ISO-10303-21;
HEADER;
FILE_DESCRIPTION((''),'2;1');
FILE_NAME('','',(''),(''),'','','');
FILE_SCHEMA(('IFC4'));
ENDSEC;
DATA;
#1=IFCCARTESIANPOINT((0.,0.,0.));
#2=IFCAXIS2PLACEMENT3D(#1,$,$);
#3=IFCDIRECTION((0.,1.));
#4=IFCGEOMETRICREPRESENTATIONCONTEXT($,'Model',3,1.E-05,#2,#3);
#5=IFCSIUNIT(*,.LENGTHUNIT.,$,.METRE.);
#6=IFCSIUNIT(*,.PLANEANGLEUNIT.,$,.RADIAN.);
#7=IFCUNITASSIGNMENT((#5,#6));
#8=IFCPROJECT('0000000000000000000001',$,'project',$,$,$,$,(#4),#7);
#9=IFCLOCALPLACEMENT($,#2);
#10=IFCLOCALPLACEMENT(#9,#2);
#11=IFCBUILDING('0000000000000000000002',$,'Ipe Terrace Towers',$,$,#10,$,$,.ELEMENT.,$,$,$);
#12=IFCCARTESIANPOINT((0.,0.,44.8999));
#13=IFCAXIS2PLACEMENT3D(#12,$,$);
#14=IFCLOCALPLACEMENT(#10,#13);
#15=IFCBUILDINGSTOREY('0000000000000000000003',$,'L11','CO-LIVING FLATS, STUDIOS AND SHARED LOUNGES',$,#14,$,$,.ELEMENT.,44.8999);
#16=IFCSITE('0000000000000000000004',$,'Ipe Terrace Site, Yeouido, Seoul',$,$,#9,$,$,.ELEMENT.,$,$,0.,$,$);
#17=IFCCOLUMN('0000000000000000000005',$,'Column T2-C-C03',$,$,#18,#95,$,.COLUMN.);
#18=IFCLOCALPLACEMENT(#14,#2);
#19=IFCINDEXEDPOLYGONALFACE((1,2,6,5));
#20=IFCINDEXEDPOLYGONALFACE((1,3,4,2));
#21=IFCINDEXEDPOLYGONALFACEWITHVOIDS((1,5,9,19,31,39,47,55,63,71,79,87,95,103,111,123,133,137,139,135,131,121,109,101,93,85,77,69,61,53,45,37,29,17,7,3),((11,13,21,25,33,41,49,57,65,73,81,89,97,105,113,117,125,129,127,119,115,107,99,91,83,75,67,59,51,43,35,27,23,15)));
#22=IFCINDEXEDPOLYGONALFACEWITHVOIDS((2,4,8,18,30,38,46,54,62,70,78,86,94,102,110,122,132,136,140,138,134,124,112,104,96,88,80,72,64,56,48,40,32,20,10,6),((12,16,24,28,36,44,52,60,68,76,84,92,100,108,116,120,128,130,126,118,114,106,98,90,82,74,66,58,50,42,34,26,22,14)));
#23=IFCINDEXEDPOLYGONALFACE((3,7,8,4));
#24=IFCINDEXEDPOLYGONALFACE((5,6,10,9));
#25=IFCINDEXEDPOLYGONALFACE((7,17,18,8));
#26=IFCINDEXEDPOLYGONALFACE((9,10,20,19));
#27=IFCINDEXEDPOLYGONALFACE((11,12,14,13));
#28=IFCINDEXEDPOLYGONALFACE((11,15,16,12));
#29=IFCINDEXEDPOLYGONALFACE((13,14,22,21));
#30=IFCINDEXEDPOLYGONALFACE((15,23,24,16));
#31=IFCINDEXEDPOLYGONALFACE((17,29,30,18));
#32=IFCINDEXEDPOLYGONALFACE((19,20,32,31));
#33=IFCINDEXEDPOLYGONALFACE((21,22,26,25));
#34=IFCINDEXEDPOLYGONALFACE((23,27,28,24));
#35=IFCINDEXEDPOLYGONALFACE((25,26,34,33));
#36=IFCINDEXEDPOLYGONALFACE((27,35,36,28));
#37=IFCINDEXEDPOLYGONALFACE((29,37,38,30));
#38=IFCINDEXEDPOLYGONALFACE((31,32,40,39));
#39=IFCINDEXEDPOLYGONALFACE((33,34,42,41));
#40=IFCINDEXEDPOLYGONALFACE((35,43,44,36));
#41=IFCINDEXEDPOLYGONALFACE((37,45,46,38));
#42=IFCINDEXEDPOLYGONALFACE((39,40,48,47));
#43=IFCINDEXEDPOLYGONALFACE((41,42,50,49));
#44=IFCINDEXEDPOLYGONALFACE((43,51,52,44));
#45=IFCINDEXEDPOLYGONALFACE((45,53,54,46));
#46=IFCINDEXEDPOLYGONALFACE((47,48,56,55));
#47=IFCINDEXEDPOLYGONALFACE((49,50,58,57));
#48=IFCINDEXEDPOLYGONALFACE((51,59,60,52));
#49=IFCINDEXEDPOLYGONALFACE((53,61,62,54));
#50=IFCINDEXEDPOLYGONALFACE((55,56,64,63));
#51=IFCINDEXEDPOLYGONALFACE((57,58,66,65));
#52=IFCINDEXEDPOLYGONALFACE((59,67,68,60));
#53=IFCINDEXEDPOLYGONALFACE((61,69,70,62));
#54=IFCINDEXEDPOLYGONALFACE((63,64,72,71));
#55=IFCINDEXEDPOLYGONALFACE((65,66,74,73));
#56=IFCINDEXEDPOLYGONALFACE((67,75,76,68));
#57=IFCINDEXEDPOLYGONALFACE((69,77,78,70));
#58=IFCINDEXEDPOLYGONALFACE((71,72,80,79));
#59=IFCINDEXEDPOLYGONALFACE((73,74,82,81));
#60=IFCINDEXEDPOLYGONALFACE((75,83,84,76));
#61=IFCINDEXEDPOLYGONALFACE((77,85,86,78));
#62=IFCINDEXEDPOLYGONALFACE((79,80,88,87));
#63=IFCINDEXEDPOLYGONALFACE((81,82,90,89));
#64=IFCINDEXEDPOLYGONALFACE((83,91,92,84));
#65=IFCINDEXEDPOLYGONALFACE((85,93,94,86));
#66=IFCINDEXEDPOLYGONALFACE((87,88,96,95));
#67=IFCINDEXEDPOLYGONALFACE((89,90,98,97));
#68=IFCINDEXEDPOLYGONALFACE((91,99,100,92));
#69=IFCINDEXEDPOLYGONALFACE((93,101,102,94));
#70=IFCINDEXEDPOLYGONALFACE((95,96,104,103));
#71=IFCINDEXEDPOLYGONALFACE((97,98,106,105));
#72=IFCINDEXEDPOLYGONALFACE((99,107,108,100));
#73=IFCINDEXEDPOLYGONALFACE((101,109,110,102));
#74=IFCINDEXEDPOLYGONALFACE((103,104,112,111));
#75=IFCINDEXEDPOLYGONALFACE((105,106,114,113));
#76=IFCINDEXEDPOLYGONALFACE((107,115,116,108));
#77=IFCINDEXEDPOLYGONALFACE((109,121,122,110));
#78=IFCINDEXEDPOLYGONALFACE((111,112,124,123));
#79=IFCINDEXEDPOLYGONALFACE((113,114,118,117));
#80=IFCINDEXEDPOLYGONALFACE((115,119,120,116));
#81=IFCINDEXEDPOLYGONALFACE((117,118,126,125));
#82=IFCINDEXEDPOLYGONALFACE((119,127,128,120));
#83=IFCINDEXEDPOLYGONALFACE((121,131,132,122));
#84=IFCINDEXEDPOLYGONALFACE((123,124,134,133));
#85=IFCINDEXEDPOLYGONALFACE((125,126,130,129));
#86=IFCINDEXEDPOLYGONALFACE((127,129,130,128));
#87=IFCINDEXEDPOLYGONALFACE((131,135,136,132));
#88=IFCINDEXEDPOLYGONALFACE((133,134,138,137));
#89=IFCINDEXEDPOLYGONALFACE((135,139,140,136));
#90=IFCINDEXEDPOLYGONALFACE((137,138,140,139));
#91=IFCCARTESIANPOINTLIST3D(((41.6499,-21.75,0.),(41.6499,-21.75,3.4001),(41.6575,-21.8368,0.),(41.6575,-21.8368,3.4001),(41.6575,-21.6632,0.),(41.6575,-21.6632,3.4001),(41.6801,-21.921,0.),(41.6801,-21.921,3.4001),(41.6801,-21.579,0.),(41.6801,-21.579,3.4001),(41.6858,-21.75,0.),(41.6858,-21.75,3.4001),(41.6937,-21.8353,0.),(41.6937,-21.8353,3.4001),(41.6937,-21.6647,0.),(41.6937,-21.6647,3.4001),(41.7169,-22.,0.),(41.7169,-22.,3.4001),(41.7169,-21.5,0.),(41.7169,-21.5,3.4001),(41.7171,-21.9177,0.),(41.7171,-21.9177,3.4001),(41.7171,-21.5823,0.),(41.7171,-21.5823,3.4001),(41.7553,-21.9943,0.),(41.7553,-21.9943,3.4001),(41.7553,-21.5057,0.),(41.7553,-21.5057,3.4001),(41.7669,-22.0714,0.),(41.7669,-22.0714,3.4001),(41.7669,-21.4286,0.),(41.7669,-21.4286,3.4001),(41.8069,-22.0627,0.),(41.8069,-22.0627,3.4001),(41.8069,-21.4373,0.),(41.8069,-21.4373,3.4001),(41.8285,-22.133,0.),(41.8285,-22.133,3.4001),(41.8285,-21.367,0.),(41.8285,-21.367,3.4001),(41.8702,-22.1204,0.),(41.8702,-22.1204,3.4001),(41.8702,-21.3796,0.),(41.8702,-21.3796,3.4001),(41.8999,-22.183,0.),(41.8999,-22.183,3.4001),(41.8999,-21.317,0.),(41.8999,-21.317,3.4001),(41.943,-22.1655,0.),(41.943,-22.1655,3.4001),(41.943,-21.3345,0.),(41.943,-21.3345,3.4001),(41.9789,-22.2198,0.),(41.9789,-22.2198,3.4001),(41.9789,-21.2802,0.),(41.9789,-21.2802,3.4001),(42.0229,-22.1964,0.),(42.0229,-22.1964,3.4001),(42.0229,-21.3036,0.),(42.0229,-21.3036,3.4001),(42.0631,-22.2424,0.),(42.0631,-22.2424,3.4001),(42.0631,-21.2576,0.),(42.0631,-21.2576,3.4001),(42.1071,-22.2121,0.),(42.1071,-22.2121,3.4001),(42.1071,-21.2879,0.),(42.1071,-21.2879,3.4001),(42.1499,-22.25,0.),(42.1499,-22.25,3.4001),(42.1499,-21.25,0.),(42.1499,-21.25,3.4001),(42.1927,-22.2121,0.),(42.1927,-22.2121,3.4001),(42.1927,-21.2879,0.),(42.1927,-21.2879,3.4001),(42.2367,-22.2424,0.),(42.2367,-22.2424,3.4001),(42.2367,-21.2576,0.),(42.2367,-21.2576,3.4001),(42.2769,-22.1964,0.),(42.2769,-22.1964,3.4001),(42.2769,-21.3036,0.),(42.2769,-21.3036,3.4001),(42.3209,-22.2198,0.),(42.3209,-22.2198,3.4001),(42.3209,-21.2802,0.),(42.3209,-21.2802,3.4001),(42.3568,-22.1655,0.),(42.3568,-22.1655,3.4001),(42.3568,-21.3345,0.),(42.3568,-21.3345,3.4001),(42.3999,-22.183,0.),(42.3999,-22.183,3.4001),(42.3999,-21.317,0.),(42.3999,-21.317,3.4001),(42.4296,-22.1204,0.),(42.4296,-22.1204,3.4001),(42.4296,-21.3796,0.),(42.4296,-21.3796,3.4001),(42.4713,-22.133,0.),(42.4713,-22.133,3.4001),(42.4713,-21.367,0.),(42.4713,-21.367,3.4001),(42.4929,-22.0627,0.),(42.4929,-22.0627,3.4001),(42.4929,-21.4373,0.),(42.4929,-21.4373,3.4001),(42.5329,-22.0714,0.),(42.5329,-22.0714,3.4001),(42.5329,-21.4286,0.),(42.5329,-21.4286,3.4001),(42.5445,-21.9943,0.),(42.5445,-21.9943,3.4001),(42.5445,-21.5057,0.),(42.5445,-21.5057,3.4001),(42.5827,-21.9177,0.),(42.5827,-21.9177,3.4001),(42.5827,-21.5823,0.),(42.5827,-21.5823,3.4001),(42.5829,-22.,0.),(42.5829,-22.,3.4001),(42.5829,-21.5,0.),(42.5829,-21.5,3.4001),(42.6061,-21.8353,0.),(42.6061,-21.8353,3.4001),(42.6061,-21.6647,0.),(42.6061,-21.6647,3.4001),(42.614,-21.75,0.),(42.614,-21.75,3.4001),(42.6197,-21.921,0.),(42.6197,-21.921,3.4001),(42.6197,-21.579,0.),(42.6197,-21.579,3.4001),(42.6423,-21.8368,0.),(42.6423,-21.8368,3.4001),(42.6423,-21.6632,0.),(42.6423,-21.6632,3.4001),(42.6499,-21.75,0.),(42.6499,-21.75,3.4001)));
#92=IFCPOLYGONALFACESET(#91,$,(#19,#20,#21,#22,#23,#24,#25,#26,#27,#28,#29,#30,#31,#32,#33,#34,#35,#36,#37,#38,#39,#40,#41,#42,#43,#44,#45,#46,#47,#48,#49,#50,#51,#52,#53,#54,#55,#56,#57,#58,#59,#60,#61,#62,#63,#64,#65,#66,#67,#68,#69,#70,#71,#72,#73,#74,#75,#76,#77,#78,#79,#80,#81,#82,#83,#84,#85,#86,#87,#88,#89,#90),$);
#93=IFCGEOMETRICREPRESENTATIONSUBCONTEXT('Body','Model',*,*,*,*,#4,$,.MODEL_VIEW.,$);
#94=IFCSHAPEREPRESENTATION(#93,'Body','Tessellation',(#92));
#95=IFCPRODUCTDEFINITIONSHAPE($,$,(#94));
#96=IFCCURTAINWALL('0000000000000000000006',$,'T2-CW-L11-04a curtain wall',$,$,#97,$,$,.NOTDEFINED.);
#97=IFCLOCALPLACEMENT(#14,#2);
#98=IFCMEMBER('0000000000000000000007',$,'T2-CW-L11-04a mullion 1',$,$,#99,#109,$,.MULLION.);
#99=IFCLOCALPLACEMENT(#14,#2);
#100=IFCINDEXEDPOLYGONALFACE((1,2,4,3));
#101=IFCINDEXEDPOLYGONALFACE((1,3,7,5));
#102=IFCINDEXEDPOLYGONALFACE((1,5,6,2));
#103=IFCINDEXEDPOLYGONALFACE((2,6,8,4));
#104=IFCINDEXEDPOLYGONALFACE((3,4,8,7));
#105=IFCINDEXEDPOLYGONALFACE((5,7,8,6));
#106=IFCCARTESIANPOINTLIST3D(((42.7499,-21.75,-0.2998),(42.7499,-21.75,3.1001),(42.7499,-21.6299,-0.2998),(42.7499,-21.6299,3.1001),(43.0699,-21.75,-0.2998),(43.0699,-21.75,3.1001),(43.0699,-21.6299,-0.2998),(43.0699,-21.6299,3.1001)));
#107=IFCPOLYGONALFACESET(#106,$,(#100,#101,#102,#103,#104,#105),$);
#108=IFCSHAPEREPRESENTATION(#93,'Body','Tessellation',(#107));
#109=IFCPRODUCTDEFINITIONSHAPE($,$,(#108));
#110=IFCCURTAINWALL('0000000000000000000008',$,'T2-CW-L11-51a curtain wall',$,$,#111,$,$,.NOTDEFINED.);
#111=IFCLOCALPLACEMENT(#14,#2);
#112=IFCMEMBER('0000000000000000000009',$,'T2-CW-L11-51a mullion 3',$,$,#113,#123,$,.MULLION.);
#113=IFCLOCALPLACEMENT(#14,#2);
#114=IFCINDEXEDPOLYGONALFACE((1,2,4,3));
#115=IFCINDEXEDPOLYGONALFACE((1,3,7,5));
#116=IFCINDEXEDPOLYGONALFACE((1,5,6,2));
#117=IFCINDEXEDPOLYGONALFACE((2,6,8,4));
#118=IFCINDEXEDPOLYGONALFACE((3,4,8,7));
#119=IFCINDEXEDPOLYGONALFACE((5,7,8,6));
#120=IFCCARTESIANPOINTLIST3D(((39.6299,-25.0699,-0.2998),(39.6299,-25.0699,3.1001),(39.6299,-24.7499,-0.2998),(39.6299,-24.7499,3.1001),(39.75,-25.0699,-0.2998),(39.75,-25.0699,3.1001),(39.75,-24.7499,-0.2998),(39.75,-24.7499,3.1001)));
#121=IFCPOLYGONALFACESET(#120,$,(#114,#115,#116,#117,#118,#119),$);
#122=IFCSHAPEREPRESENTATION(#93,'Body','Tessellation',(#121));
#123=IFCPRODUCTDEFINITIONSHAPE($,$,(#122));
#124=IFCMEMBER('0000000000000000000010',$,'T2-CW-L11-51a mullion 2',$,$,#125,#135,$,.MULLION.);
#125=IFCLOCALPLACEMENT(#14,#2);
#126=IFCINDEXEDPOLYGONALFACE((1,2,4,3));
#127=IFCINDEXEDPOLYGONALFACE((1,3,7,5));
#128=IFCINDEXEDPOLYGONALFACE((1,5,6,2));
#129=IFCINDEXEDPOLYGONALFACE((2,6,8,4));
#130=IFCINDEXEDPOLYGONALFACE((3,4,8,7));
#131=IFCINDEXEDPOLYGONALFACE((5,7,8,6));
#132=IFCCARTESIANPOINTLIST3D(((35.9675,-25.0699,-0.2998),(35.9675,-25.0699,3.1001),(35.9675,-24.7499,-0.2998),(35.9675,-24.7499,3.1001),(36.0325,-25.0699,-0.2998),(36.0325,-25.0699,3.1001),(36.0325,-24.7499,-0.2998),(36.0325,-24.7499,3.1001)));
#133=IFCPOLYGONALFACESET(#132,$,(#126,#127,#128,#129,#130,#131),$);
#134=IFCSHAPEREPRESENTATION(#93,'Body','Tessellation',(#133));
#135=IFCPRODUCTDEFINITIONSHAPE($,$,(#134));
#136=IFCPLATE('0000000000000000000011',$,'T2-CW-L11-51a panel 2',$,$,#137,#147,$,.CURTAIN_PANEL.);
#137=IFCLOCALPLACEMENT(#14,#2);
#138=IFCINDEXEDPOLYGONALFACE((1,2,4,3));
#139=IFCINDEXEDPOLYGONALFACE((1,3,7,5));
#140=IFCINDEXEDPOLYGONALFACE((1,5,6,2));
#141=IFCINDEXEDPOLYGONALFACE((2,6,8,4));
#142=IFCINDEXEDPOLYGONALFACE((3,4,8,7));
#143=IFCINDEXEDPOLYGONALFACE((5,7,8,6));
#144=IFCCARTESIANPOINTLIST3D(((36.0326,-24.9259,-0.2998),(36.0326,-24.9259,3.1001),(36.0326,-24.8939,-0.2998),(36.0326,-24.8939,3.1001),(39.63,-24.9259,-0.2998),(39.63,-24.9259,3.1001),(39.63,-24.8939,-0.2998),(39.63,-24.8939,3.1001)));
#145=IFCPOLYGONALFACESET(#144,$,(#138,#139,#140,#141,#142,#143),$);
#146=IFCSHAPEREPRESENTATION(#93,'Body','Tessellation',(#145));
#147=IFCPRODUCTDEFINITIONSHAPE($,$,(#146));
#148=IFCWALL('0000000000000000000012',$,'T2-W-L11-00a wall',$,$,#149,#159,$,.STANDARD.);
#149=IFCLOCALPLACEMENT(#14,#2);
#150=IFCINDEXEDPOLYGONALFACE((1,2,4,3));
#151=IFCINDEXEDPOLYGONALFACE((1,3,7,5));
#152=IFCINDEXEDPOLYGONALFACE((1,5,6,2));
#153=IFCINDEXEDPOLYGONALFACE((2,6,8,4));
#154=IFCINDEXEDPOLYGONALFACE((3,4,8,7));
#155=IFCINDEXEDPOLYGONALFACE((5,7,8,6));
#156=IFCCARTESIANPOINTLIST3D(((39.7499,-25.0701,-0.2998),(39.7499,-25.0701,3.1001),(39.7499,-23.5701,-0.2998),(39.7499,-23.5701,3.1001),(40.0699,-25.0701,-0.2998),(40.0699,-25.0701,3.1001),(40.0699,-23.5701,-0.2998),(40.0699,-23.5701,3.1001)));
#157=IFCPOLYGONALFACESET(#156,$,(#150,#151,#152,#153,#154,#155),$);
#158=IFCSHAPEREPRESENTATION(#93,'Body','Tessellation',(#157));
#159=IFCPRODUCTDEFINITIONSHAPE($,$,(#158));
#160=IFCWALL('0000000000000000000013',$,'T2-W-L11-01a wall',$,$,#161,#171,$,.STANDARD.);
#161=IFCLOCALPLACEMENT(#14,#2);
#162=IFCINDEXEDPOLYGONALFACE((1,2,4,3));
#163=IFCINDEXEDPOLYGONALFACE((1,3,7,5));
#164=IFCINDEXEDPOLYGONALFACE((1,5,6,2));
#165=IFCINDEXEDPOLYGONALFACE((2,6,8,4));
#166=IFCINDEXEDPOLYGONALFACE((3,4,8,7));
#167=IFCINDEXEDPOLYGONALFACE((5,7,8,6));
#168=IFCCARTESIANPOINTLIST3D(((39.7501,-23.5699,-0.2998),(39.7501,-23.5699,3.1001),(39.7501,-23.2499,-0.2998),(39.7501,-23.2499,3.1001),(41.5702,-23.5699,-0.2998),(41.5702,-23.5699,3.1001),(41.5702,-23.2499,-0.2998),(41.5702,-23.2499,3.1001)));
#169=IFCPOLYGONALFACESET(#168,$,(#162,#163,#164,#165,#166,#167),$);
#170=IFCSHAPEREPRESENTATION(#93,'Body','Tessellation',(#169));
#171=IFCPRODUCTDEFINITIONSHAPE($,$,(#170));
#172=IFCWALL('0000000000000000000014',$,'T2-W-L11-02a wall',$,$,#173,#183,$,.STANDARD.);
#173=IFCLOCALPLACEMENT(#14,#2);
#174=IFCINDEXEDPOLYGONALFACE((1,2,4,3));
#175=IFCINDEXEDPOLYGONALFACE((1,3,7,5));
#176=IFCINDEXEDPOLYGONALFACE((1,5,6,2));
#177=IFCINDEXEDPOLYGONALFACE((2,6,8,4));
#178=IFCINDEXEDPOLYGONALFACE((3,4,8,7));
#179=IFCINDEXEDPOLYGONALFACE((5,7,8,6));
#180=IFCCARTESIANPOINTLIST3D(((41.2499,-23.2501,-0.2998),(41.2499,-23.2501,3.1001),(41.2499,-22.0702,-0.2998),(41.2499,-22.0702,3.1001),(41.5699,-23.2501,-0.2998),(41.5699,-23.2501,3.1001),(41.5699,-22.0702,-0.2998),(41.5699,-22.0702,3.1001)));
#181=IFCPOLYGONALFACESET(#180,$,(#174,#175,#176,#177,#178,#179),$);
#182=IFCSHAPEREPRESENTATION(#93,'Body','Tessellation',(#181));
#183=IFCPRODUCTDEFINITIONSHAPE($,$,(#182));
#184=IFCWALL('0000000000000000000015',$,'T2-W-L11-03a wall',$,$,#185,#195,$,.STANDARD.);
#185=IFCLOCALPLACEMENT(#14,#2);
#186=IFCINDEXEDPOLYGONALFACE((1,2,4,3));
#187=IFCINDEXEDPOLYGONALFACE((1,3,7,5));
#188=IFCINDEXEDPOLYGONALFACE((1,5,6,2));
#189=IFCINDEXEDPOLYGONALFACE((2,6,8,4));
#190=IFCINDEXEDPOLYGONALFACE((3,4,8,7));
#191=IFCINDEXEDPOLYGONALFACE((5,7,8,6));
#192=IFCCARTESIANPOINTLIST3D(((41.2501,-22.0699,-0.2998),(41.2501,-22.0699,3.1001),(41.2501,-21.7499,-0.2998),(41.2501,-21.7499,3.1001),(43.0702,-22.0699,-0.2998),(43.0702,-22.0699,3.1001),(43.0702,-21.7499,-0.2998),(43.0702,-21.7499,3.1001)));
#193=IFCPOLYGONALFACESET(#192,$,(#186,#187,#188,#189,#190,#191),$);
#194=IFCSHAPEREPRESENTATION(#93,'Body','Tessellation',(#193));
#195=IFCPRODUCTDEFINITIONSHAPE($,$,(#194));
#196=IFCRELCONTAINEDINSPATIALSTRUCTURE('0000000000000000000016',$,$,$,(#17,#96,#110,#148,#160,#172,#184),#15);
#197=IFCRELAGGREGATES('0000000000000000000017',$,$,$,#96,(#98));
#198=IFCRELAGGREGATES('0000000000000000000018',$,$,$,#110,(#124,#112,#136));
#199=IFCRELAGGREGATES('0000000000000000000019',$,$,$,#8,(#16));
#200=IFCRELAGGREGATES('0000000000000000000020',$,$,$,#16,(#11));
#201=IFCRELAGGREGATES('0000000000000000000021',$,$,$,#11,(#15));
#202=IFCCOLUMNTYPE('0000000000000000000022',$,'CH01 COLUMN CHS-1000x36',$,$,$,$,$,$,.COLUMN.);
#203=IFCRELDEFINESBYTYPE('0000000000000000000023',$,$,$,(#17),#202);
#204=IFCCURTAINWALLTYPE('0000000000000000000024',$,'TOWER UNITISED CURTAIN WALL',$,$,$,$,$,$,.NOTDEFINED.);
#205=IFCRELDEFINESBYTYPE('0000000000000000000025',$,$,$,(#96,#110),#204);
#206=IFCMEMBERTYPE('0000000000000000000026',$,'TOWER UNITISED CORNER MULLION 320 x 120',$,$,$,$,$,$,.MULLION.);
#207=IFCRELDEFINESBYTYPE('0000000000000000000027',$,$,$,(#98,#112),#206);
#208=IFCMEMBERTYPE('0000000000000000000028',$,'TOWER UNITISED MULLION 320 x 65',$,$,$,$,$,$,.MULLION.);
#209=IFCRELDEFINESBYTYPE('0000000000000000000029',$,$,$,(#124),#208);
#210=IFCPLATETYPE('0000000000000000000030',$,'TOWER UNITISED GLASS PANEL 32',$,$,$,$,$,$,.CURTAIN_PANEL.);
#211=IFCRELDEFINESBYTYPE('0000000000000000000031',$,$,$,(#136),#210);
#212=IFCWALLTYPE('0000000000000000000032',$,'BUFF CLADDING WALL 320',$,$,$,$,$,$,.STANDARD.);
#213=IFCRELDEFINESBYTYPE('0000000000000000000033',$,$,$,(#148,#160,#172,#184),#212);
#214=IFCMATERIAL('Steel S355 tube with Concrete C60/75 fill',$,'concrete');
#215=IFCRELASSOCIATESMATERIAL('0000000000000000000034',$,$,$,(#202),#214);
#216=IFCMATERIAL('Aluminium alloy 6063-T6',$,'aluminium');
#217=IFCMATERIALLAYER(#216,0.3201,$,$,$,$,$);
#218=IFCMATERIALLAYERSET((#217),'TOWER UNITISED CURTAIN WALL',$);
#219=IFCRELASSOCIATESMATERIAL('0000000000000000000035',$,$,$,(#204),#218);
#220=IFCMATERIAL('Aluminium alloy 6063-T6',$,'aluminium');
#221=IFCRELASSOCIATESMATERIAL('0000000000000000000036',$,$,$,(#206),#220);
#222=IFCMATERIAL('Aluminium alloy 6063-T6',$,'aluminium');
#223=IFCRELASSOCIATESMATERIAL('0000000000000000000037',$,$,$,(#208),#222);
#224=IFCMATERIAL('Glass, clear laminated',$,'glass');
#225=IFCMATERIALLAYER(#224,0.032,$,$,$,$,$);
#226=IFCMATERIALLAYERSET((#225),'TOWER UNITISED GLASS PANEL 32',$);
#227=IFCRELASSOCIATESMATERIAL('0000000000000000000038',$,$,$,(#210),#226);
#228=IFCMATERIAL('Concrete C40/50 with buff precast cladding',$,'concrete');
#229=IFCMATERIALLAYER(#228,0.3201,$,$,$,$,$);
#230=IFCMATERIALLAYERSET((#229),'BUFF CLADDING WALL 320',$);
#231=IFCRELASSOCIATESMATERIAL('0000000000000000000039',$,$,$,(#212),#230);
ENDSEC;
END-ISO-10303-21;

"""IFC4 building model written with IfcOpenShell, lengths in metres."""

from ifc_helpers import new_model, si_unit, direction, frame, frame_2d, origin, origin_2d, place, context, subcontext, project, spatial, rectangle, hollow_circle, extrude, material, layer, layer_set, material_profile, profile_set, type_object, element, aggregate, save


model = new_model("IFC4")

# Units and contexts
model_context = context("Model", 3, precision=1e-05, world=origin(), true_north=direction((0.0, 1.0)))
body_context = subcontext(model_context, "Body", "Model", "MODEL_VIEW")
ifc_project = project(units=[si_unit("LENGTHUNIT", "METRE"), si_unit("PLANEANGLEUNIT", "RADIAN")], contexts=[model_context])

# Site, building, storey
site_placement = place(None, origin())
site = spatial("IfcSite", under=ifc_project, at=site_placement, Name="Ipe Terrace Site, Yeouido, Seoul", CompositionType="ELEMENT", RefElevation=0.0)
building_placement = place(site_placement, origin())
building = spatial("IfcBuilding", under=site, at=building_placement, Name="Ipe Terrace Towers", CompositionType="ELEMENT")
storey_placement = place(building_placement, frame((0.0, 0.0, 44.8999)))
storey = spatial("IfcBuildingStorey", under=building, at=storey_placement, Name="L11", Description="CO-LIVING FLATS, STUDIOS AND SHARED LOUNGES", CompositionType="ELEMENT", Elevation=44.8999)

# Column
ifc_material_1 = material(Name="Steel S355 tube with Concrete C60/75 fill", Category="concrete")
ifc_material_profile_1 = material_profile(ifc_material_1, hollow_circle(Radius=0.5, WallThickness=0.0359, at=origin_2d()), Name="CHS-1000x36")
ifc_profile_set_1 = profile_set([ifc_material_profile_1], Name="Steel S355 tube with Concrete C60/75 fill")
column_type = type_object("IfcColumnType", Name="CH01 COLUMN CHS-1000x36", PredefinedType="COLUMN", material=ifc_profile_set_1)
column_placement = place(storey_placement, frame((42.1499, -21.75, 0.0), z_axis=(0.0, 0.0, 1.0), x_axis=(1.0, 0.0, 0.0)))
element("IfcColumn", 1, at=column_placement, inside=storey, type_object=column_type, Name="Column T2-C-C03", PredefinedType="COLUMN", context=body_context, shape_type="SweptSolid", body=[
    extrude(hollow_circle(Radius=0.5, WallThickness=0.0359, at=origin_2d()), origin(), (0.0, 0.0, 1.0), 3.4001),
])

# Curtain wall, member
ifc_material_2 = material(Name="Aluminium alloy 6063-T6", Category="aluminium")
ifc_layer_1 = layer(ifc_material_2, 0.3201)
ifc_layer_set_1 = layer_set([ifc_layer_1], Name="TOWER UNITISED CURTAIN WALL")
curtain_wall_type = type_object("IfcCurtainWallType", Name="TOWER UNITISED CURTAIN WALL", PredefinedType="NOTDEFINED", material=ifc_layer_set_1)
curtain_wall_1_placement = place(storey_placement, origin())
curtain_wall_1 = element("IfcCurtainWall", 2, at=curtain_wall_1_placement, inside=storey, type_object=curtain_wall_type, Name="T2-CW-L11-04a curtain wall", PredefinedType="NOTDEFINED")
ifc_material_3 = material(Name="Aluminium alloy 6063-T6", Category="aluminium")
ifc_material_profile_2 = material_profile(ifc_material_3, rectangle(XDim=0.3201, YDim=0.1201, at=origin_2d()), Name="TOWER UNITISED CORNER MULLION 320 x 120")
ifc_profile_set_2 = profile_set([ifc_material_profile_2], Name="Aluminium alloy 6063-T6")
member_type_1 = type_object("IfcMemberType", Name="TOWER UNITISED CORNER MULLION 320 x 120", PredefinedType="MULLION", material=ifc_profile_set_2)
member_1_placement = place(storey_placement, frame((42.9099, -21.6899, -0.2998), z_axis=(0.0, 0.0, 1.0), x_axis=(1.0, 0.0, 0.0)))
member_1 = element("IfcMember", 3, at=member_1_placement, type_object=member_type_1, Name="T2-CW-L11-04a mullion 1", PredefinedType="MULLION", context=body_context, shape_type="SweptSolid", body=[
    extrude(rectangle(XDim=0.3201, YDim=0.1201, at=origin_2d()), origin(), (0.0, 0.0, 1.0), 3.3999),
])
aggregate(curtain_wall_1, [member_1])

# Curtain wall, members, plate
curtain_wall_2_placement = place(storey_placement, origin())
curtain_wall_2 = element("IfcCurtainWall", 4, at=curtain_wall_2_placement, inside=storey, type_object=curtain_wall_type, Name="T2-CW-L11-51a curtain wall", PredefinedType="NOTDEFINED")
member_2_placement = place(storey_placement, frame((39.6899, -24.9099, -0.2998), z_axis=(0.0, 0.0, 1.0), x_axis=(0.0, -1.0, 0.0)))
member_2 = element("IfcMember", 5, at=member_2_placement, type_object=member_type_1, Name="T2-CW-L11-51a mullion 3", PredefinedType="MULLION", context=body_context, shape_type="SweptSolid", body=[
    extrude(rectangle(XDim=0.3201, YDim=0.1201, at=origin_2d()), origin(), (0.0, 0.0, 1.0), 3.3999),
])
ifc_material_4 = material(Name="Aluminium alloy 6063-T6", Category="aluminium")
ifc_material_profile_3 = material_profile(ifc_material_4, rectangle(XDim=0.3201, YDim=0.0649, at=origin_2d()), Name="TOWER UNITISED MULLION 320 x 65")
ifc_profile_set_3 = profile_set([ifc_material_profile_3], Name="Aluminium alloy 6063-T6")
member_type_2 = type_object("IfcMemberType", Name="TOWER UNITISED MULLION 320 x 65", PredefinedType="MULLION", material=ifc_profile_set_3)
member_3_placement = place(storey_placement, frame((36.0, -24.9099, -0.2998), z_axis=(0.0, 0.0, 1.0), x_axis=(0.0, -1.0, 0.0)))
member_3 = element("IfcMember", 6, at=member_3_placement, type_object=member_type_2, Name="T2-CW-L11-51a mullion 2", PredefinedType="MULLION", context=body_context, shape_type="SweptSolid", body=[
    extrude(rectangle(XDim=0.3201, YDim=0.0649, at=origin_2d()), origin(), (0.0, 0.0, 1.0), 3.3999),
])
ifc_material_5 = material(Name="Glass, clear laminated", Category="glass")
ifc_layer_2 = layer(ifc_material_5, 0.032)
ifc_layer_set_2 = layer_set([ifc_layer_2], Name="TOWER UNITISED GLASS PANEL 32")
plate_type = type_object("IfcPlateType", Name="TOWER UNITISED GLASS PANEL 32", PredefinedType="CURTAIN_PANEL", material=ifc_layer_set_2)
plate_placement = place(storey_placement, frame((37.8313, -24.9099, -0.2998), z_axis=(0.0, 0.0, 1.0), x_axis=(1.0, 0.0, 0.0)))
plate = element("IfcPlate", 7, at=plate_placement, type_object=plate_type, Name="T2-CW-L11-51a panel 2", PredefinedType="CURTAIN_PANEL", context=body_context, shape_type="SweptSolid", body=[
    extrude(rectangle(XDim=3.5974, YDim=0.032, at=origin_2d()), origin(), (0.0, 0.0, 1.0), 3.3999),
])
aggregate(curtain_wall_2, [member_3, member_2, plate])

# Walls
ifc_material_6 = material(Name="Concrete C40/50 with buff precast cladding", Category="concrete")
ifc_layer_3 = layer(ifc_material_6, 0.3201)
ifc_layer_set_3 = layer_set([ifc_layer_3], Name="BUFF CLADDING WALL 320")
wall_type_1 = type_object("IfcWallType", Name="BUFF CLADDING WALL 320", PredefinedType="STANDARD", material=ifc_layer_set_3)
wall_1_placement = place(storey_placement, frame((39.9099, -25.0701, -0.2998), z_axis=(0.0, 0.0, 1.0), x_axis=(0.0, 1.0, 0.0)))
element("IfcWall", 8, at=wall_1_placement, inside=storey, type_object=wall_type_1, Name="T2-W-L11-00a wall", PredefinedType="STANDARD", context=body_context, shape_type="SweptSolid", body=[
    extrude(rectangle(XDim=1.5, YDim=0.3201, at=frame_2d((0.75, 0.0))), origin(), (0.0, 0.0, 1.0), 3.3999),
])
wall_2_placement = place(storey_placement, frame((39.75, -23.4099, -0.2998), z_axis=(0.0, 0.0, 1.0), x_axis=(1.0, 0.0, 0.0)))
element("IfcWall", 9, at=wall_2_placement, inside=storey, type_object=wall_type_1, Name="T2-W-L11-01a wall", PredefinedType="STANDARD", context=body_context, shape_type="SweptSolid", body=[
    extrude(rectangle(XDim=1.8201, YDim=0.3201, at=frame_2d((0.9102, 0.0))), origin(), (0.0, 0.0, 1.0), 3.3999),
])
wall_3_placement = place(storey_placement, frame((41.4099, -23.25, -0.2998), z_axis=(0.0, 0.0, 1.0), x_axis=(0.0, 1.0, 0.0)))
element("IfcWall", 10, at=wall_3_placement, inside=storey, type_object=wall_type_1, Name="T2-W-L11-02a wall", PredefinedType="STANDARD", context=body_context, shape_type="SweptSolid", body=[
    extrude(rectangle(XDim=1.1799, YDim=0.3201, at=frame_2d((0.5898, 0.0))), origin(), (0.0, 0.0, 1.0), 3.3999),
])
wall_4_placement = place(storey_placement, frame((41.25, -21.9099, -0.2998), z_axis=(0.0, 0.0, 1.0), x_axis=(1.0, 0.0, 0.0)))
element("IfcWall", 11, at=wall_4_placement, inside=storey, type_object=wall_type_1, Name="T2-W-L11-03a wall", PredefinedType="STANDARD", context=body_context, shape_type="SweptSolid", body=[
    extrude(rectangle(XDim=1.8201, YDim=0.3201, at=frame_2d((0.9102, 0.0))), origin(), (0.0, 0.0, 1.0), 3.3999),
])

save(model, "model.ifc")
